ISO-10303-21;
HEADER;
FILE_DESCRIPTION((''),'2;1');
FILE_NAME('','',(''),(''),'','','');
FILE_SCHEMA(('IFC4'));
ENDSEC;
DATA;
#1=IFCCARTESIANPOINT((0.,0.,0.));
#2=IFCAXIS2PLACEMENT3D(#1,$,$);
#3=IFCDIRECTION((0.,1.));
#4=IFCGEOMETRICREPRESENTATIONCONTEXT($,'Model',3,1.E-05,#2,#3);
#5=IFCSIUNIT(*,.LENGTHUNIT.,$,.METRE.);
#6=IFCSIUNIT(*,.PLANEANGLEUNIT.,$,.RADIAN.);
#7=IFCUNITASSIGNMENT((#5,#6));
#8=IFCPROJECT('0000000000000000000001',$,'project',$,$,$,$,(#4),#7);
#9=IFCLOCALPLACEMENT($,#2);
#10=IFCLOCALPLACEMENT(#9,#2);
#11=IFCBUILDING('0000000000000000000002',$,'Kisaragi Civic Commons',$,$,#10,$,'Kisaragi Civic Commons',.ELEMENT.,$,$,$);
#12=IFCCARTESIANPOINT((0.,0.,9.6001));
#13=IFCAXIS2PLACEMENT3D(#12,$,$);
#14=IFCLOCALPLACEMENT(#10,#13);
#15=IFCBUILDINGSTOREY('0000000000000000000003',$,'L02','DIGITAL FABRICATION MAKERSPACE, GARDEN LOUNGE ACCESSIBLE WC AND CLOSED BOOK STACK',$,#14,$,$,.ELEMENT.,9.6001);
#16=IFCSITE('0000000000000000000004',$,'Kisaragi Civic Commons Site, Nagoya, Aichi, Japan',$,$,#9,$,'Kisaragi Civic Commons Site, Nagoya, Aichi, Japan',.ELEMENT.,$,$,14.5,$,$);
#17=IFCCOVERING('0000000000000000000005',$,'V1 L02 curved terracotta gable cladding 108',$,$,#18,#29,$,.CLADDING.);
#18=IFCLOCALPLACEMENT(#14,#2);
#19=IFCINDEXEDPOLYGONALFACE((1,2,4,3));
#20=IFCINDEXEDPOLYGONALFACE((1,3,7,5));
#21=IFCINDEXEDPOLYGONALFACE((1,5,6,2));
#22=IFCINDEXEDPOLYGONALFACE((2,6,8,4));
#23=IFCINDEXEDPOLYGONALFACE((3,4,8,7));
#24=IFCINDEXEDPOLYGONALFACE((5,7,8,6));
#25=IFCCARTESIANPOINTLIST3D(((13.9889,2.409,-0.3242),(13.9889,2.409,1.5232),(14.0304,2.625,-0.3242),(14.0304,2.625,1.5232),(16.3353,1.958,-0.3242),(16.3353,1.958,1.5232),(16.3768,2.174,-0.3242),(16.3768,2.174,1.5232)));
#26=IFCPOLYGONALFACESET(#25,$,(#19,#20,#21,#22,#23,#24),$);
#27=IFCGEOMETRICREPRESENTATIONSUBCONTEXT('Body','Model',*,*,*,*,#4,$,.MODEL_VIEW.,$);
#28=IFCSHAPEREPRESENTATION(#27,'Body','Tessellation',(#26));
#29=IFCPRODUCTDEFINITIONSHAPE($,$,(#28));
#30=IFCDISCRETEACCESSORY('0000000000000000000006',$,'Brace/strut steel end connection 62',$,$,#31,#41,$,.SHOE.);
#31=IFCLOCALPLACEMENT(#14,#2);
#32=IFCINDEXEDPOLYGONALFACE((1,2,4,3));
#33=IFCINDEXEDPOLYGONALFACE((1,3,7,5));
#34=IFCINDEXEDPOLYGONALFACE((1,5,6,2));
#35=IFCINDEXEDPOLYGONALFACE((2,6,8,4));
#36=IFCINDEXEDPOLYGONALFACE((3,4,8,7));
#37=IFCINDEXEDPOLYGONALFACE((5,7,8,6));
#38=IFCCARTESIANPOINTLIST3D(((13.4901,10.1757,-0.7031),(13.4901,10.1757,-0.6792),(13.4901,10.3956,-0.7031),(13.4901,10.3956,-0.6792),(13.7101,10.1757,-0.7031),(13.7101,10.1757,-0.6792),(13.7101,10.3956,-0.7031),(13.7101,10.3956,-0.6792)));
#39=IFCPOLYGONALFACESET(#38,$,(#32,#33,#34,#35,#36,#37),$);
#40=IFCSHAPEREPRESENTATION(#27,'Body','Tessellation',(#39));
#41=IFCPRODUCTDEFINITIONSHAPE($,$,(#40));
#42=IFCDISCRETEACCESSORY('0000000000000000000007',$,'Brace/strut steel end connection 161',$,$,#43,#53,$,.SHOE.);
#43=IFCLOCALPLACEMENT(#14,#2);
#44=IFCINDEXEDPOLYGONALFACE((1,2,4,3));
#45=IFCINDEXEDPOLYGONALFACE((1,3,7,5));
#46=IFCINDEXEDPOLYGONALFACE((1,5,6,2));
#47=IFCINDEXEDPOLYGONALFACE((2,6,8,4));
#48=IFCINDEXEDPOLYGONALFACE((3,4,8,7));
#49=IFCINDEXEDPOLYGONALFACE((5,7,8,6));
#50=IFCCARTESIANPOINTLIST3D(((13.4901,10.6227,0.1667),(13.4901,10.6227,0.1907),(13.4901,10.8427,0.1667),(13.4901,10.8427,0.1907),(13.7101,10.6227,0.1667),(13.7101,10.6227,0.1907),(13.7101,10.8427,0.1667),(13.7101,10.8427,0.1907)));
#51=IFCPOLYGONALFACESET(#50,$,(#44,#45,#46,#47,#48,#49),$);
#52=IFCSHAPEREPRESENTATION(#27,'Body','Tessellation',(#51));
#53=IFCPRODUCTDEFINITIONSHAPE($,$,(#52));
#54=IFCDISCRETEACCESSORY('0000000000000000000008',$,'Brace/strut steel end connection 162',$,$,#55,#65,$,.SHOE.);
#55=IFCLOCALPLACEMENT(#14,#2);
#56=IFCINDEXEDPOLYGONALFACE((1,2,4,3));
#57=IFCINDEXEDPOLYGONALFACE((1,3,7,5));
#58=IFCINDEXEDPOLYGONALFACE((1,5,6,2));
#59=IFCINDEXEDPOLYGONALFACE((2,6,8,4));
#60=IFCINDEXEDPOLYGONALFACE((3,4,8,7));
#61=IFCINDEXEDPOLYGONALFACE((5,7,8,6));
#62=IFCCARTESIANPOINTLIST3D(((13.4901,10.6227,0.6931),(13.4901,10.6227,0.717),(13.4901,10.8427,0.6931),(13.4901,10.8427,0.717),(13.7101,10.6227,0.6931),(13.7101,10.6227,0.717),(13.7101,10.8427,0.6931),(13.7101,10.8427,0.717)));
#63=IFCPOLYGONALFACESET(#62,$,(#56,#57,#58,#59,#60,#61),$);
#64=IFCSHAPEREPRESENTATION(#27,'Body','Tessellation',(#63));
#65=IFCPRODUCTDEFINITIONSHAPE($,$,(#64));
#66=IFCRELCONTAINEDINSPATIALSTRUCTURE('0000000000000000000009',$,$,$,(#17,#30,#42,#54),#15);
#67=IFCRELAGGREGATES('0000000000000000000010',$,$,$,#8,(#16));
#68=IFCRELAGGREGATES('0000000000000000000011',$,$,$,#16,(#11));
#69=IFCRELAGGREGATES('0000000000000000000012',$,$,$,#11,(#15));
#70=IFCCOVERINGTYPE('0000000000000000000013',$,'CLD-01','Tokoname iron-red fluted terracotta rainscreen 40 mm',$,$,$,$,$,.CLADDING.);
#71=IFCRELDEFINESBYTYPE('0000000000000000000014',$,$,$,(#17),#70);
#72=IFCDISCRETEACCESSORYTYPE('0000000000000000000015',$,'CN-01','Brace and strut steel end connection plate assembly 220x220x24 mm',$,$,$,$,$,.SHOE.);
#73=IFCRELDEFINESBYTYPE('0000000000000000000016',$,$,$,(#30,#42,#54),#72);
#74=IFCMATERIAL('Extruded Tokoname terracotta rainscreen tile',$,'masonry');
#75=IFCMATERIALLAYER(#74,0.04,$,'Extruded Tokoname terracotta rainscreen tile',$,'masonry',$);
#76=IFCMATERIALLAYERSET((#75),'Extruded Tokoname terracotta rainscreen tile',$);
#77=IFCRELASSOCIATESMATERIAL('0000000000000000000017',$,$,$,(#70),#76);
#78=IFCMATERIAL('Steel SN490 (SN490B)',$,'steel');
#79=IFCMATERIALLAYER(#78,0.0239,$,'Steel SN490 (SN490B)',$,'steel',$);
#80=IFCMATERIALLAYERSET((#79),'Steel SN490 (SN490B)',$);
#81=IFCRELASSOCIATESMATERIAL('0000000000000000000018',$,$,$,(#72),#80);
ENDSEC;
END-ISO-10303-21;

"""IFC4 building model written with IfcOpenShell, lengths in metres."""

from ifc_helpers import new_model, si_unit, direction, frame, origin, origin_2d, place, context, subcontext, project, spatial, rectangle, extrude, material, layer, layer_set, type_object, element, save


model = new_model("IFC4")

# Units and contexts
model_context = context("Model", 3, precision=1e-05, world=origin(), true_north=direction((0.0, 1.0)))
body_context = subcontext(model_context, "Body", "Model", "MODEL_VIEW")
ifc_project = project(units=[si_unit("LENGTHUNIT", "METRE"), si_unit("PLANEANGLEUNIT", "RADIAN")], contexts=[model_context])

# Site, building, storey
site_placement = place(None, origin())
site = spatial("IfcSite", under=ifc_project, at=site_placement, Name="Kisaragi Civic Commons Site, Nagoya, Aichi, Japan", LongName="Kisaragi Civic Commons Site, Nagoya, Aichi, Japan", CompositionType="ELEMENT", RefElevation=14.5)
building_placement = place(site_placement, origin())
building = spatial("IfcBuilding", under=site, at=building_placement, Name="Kisaragi Civic Commons", LongName="Kisaragi Civic Commons", CompositionType="ELEMENT")
storey_placement = place(building_placement, frame((0.0, 0.0, 9.6001)))
storey = spatial("IfcBuildingStorey", under=building, at=storey_placement, Name="L02", Description="DIGITAL FABRICATION MAKERSPACE, GARDEN LOUNGE ACCESSIBLE WC AND CLOSED BOOK STACK", CompositionType="ELEMENT", Elevation=9.6001)

# Shared definitions
ifc_material_1 = material(Name="Steel SN490 (SN490B)", Category="steel")

# Covering
ifc_material_2 = material(Name="Extruded Tokoname terracotta rainscreen tile", Category="masonry")
ifc_layer_1 = layer(ifc_material_2, 0.04, Name="Extruded Tokoname terracotta rainscreen tile", Category="masonry")
ifc_layer_set_1 = layer_set([ifc_layer_1], Name="Extruded Tokoname terracotta rainscreen tile")
covering_type = type_object("IfcCoveringType", Name="CLD-01", Description="Tokoname iron-red fluted terracotta rainscreen 40 mm", PredefinedType="CLADDING", material=ifc_layer_set_1)
covering_placement = place(storey_placement, frame((15.1829, 2.2915, -0.3242), z_axis=(0.0, 0.0, 1.0), x_axis=(-0.982025, 0.188753, 0.0)))
element("IfcCovering", 1, at=covering_placement, inside=storey, type_object=covering_type, Name="V1 L02 curved terracotta gable cladding 108", PredefinedType="CLADDING", context=body_context, shape_type="SweptSolid", body=[
    extrude(rectangle(XDim=2.3894, YDim=0.22, at=origin_2d()), origin(), (0.0, 0.0, 1.0), 1.8474),
])

# Discrete accessories
ifc_layer_2 = layer(ifc_material_1, 0.0239, Name="Steel SN490 (SN490B)", Category="steel")
ifc_layer_set_2 = layer_set([ifc_layer_2], Name="Steel SN490 (SN490B)")
discrete_accessory_type = type_object("IfcDiscreteAccessoryType", Name="CN-01", Description="Brace and strut steel end connection plate assembly 220x220x24 mm", PredefinedType="SHOE", material=ifc_layer_set_2)
for number, where, z_axis, x_axis, name in (
    (2, (13.6001, 10.2856, -0.7031), (0.0, 0.0, 1.0), (1.0, 0.0, 0.0), "Brace/strut steel end connection 62"),
    (3, (13.6001, 10.7327, 0.1667), (0.0, 0.0, 1.0), (1.0, 0.0, 0.0), "Brace/strut steel end connection 161"),
    (4, (13.6001, 10.7327, 0.6931), (0.0, 0.0, 1.0), (1.0, 0.0, 0.0), "Brace/strut steel end connection 162"),
):
    element("IfcDiscreteAccessory", number, at=place(storey_placement, frame(where, z_axis=z_axis, x_axis=x_axis)), inside=storey, type_object=discrete_accessory_type, Name=name, PredefinedType="SHOE", context=body_context, shape_type="SweptSolid", body=[
        extrude(rectangle(XDim=0.22, YDim=0.22, at=origin_2d()), origin(), (0.0, 0.0, 1.0), 0.0239),
    ])

save(model, "model.ifc")
